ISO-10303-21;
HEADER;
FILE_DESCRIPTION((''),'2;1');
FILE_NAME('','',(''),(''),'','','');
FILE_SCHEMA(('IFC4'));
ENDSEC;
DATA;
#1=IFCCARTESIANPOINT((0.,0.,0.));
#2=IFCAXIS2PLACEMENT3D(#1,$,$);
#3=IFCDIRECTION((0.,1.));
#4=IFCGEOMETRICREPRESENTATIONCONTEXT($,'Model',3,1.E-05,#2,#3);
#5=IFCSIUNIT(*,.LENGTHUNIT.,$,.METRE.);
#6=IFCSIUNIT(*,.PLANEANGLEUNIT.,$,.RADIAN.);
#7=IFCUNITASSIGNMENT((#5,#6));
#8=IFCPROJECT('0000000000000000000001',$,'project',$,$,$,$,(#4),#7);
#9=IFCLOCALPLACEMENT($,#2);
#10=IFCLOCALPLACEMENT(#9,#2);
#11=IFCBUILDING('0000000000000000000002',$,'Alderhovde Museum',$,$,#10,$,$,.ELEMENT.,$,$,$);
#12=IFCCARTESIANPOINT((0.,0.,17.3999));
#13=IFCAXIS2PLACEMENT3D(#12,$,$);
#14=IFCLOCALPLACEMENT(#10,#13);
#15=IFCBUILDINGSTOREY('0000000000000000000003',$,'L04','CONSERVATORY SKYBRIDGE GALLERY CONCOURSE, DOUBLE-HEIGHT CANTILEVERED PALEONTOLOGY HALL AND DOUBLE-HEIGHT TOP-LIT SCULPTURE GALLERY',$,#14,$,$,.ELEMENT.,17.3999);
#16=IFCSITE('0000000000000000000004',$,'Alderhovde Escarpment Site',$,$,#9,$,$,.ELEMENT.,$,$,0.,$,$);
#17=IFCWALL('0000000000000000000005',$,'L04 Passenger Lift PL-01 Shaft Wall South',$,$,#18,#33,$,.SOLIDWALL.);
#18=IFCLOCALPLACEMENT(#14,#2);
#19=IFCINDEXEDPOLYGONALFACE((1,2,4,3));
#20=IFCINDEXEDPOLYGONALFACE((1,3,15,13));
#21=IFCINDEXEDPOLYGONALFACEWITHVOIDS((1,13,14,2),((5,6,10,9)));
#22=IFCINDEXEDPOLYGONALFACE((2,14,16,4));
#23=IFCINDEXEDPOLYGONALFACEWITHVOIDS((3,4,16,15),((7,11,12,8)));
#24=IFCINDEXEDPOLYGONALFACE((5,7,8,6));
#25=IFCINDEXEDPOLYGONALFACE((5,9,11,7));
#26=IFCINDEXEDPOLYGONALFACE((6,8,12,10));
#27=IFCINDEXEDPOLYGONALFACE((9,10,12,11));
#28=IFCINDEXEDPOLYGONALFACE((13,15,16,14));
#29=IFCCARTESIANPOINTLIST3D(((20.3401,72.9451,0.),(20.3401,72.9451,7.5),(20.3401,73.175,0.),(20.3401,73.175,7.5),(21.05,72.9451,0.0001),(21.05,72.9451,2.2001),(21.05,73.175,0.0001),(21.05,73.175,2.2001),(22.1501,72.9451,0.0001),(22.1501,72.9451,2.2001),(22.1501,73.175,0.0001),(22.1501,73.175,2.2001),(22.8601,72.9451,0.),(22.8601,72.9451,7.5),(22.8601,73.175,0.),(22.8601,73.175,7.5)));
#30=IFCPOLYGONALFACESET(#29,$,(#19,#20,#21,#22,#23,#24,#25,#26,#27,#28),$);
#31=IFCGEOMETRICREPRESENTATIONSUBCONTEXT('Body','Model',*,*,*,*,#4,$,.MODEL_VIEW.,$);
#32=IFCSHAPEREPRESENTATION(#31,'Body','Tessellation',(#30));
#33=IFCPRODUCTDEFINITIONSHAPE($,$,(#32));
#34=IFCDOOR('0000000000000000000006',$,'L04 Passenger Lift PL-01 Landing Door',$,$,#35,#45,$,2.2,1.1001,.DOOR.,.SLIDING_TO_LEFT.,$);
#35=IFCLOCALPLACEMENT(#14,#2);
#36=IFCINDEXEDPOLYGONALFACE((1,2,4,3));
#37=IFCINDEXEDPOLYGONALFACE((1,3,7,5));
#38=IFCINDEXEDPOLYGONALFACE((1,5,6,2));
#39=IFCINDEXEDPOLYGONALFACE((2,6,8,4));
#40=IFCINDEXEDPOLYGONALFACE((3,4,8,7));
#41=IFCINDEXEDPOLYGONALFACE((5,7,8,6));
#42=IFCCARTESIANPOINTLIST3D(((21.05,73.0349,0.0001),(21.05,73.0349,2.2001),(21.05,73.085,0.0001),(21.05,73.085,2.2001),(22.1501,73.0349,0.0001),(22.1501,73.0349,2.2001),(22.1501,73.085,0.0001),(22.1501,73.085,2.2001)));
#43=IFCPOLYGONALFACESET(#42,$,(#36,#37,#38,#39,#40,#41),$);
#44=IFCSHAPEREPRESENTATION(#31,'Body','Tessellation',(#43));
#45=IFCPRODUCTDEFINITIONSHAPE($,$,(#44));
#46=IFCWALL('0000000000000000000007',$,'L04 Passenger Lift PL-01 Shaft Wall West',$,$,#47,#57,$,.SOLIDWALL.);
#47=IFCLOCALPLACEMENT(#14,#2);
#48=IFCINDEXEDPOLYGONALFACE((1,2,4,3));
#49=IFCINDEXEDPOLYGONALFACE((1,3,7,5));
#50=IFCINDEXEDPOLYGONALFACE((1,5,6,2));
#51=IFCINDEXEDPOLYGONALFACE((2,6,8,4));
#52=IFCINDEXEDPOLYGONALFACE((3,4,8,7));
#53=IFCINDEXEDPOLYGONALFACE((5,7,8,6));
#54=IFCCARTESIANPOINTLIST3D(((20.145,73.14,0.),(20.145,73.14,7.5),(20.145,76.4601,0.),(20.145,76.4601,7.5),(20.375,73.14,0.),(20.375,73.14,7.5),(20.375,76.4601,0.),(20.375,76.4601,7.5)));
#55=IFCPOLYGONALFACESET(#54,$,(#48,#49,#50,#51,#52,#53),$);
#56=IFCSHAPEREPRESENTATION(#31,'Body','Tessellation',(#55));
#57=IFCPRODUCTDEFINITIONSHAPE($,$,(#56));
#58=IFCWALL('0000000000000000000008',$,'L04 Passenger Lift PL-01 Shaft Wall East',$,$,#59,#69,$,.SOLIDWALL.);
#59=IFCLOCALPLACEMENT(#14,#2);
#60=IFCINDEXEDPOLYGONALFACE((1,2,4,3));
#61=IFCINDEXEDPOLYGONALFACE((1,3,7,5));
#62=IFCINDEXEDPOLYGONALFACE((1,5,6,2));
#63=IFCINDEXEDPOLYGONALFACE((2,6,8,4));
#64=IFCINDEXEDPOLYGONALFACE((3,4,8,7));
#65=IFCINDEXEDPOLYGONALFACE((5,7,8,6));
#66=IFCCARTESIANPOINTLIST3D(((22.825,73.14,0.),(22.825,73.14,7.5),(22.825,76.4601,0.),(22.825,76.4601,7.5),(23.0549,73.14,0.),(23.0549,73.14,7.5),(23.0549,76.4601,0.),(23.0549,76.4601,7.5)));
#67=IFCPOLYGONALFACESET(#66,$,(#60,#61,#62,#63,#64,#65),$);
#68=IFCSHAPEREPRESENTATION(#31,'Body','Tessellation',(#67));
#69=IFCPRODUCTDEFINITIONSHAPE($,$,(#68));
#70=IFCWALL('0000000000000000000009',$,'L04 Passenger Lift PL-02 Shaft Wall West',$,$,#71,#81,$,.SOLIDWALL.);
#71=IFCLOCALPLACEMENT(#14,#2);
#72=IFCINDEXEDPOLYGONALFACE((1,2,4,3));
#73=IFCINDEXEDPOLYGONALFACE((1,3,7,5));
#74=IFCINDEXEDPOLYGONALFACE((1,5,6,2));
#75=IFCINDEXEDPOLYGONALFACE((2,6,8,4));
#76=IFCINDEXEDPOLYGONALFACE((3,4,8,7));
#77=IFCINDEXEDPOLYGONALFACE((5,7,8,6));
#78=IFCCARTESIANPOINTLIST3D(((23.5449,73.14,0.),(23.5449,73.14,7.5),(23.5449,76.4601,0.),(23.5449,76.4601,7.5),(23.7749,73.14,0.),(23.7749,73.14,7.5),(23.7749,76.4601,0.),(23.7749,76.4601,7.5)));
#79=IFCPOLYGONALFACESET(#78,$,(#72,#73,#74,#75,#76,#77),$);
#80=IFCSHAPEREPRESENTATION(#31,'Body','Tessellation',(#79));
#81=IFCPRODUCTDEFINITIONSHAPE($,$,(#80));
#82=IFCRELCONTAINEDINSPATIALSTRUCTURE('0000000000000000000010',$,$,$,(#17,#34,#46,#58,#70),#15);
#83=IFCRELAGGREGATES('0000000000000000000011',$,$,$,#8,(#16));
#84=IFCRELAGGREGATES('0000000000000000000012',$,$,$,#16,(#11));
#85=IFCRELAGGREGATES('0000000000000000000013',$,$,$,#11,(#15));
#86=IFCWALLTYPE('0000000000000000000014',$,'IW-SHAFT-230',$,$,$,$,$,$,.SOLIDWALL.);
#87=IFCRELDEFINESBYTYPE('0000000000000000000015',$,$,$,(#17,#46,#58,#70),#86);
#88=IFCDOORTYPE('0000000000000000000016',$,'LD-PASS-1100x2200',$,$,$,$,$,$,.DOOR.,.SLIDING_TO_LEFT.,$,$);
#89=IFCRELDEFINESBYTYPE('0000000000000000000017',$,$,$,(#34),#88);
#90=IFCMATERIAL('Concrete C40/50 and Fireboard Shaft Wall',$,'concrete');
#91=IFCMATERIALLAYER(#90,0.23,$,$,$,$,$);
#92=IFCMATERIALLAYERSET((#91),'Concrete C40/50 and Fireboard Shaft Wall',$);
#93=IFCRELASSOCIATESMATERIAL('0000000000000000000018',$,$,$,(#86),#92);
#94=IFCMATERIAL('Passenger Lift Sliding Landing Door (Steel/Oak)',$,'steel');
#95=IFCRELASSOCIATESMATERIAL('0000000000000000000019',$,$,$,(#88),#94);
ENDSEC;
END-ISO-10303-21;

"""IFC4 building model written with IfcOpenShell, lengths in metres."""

from ifc_helpers import new_model, si_unit, direction, frame, frame_2d, origin, place, context, subcontext, project, spatial, rectangle, extrude, material, layer, layer_set, type_object, element, fill, save


model = new_model("IFC4")

# Units and contexts
model_context = context("Model", 3, precision=1e-05, world=origin(), true_north=direction((0.0, 1.0)))
body_context = subcontext(model_context, "Body", "Model", "MODEL_VIEW")
ifc_project = project(units=[si_unit("LENGTHUNIT", "METRE"), si_unit("PLANEANGLEUNIT", "RADIAN")], contexts=[model_context])

# Site, building, storey
site_placement = place(None, origin())
site = spatial("IfcSite", under=ifc_project, at=site_placement, Name="Alderhovde Escarpment Site", CompositionType="ELEMENT", RefElevation=0.0)
building_placement = place(site_placement, origin())
building = spatial("IfcBuilding", under=site, at=building_placement, Name="Alderhovde Museum", CompositionType="ELEMENT")
storey_placement = place(building_placement, frame((0.0, 0.0, 17.3999)))
storey = spatial("IfcBuildingStorey", under=building, at=storey_placement, Name="L04", Description="CONSERVATORY SKYBRIDGE GALLERY CONCOURSE, DOUBLE-HEIGHT CANTILEVERED PALEONTOLOGY HALL AND DOUBLE-HEIGHT TOP-LIT SCULPTURE GALLERY", CompositionType="ELEMENT", Elevation=17.3999)

# Wall, opening, door
ifc_material_1 = material(Name="Concrete C40/50 and Fireboard Shaft Wall", Category="concrete")
ifc_layer = layer(ifc_material_1, 0.23)
ifc_layer_set = layer_set([ifc_layer], Name="Concrete C40/50 and Fireboard Shaft Wall")
wall_type = type_object("IfcWallType", Name="IW-SHAFT-230", PredefinedType="SOLIDWALL", material=ifc_layer_set)
wall_placement = place(storey_placement, frame((20.3401, 73.0601, 0.0), z_axis=(0.0, 0.0, 1.0), x_axis=(1.0, 0.0, 0.0)))
wall = element("IfcWall", 1, at=wall_placement, inside=storey, type_object=wall_type, Name="L04 Passenger Lift PL-01 Shaft Wall South", PredefinedType="SOLIDWALL", context=body_context, shape_type="SweptSolid", body=[
    extrude(rectangle(XDim=2.52, YDim=0.23, at=frame_2d((1.26, 0.0))), origin(), (0.0, 0.0, 1.0), 7.5),
])
opening_placement = place(wall_placement, frame((0.71, 0.0, 0.0)))
opening = element("IfcOpeningElement", 2, at=opening_placement, cuts=wall, PredefinedType="OPENING", context=body_context, shape_type="SweptSolid", body=[
    extrude(rectangle(XDim=1.1001, YDim=2.2, at=frame_2d((0.55, 1.1001))), frame((0.0, 0.125, 0.0), z_axis=(0.0, -1.0, 0.0), x_axis=(1.0, 0.0, 0.0)), (0.0, 0.0, 1.0), 0.25),
])
ifc_material_2 = material(Name="Passenger Lift Sliding Landing Door (Steel/Oak)", Category="steel")
door_type = type_object("IfcDoorType", Name="LD-PASS-1100x2200", OperationType="SLIDING_TO_LEFT", PredefinedType="DOOR", material=ifc_material_2)
door_placement = place(opening_placement, origin())
door = element("IfcDoor", 3, at=door_placement, inside=storey, type_object=door_type, Name="L04 Passenger Lift PL-01 Landing Door", OperationType="SLIDING_TO_LEFT", OverallHeight=2.2, OverallWidth=1.1001, PredefinedType="DOOR", context=body_context, shape_type="SweptSolid", body=[
    extrude(rectangle(XDim=1.1001, YDim=2.2, at=frame_2d((0.55, 1.1001))), frame((0.0, 0.0249, 0.0), z_axis=(0.0, -1.0, 0.0), x_axis=(1.0, 0.0, 0.0)), (0.0, 0.0, 1.0), 0.05),
])
fill(opening, door)

# Walls
for number, where, z_axis, x_axis, name in (
    (4, (20.26, 73.1399, 0.0), (0.0, 0.0, 1.0), (0.0, 1.0, 0.0), "L04 Passenger Lift PL-01 Shaft Wall West"),
    (5, (22.9399, 73.1399, 0.0), (0.0, 0.0, 1.0), (0.0, 1.0, 0.0), "L04 Passenger Lift PL-01 Shaft Wall East"),
    (6, (23.6599, 73.1399, 0.0), (0.0, 0.0, 1.0), (0.0, 1.0, 0.0), "L04 Passenger Lift PL-02 Shaft Wall West"),
):
    element("IfcWall", number, at=place(storey_placement, frame(where, z_axis=z_axis, x_axis=x_axis)), inside=storey, type_object=wall_type, Name=name, PredefinedType="SOLIDWALL", context=body_context, shape_type="SweptSolid", body=[
        extrude(rectangle(XDim=3.3201, YDim=0.23, at=frame_2d((1.6602, 0.0))), origin(), (0.0, 0.0, 1.0), 7.5),
    ])

save(model, "model.ifc")
